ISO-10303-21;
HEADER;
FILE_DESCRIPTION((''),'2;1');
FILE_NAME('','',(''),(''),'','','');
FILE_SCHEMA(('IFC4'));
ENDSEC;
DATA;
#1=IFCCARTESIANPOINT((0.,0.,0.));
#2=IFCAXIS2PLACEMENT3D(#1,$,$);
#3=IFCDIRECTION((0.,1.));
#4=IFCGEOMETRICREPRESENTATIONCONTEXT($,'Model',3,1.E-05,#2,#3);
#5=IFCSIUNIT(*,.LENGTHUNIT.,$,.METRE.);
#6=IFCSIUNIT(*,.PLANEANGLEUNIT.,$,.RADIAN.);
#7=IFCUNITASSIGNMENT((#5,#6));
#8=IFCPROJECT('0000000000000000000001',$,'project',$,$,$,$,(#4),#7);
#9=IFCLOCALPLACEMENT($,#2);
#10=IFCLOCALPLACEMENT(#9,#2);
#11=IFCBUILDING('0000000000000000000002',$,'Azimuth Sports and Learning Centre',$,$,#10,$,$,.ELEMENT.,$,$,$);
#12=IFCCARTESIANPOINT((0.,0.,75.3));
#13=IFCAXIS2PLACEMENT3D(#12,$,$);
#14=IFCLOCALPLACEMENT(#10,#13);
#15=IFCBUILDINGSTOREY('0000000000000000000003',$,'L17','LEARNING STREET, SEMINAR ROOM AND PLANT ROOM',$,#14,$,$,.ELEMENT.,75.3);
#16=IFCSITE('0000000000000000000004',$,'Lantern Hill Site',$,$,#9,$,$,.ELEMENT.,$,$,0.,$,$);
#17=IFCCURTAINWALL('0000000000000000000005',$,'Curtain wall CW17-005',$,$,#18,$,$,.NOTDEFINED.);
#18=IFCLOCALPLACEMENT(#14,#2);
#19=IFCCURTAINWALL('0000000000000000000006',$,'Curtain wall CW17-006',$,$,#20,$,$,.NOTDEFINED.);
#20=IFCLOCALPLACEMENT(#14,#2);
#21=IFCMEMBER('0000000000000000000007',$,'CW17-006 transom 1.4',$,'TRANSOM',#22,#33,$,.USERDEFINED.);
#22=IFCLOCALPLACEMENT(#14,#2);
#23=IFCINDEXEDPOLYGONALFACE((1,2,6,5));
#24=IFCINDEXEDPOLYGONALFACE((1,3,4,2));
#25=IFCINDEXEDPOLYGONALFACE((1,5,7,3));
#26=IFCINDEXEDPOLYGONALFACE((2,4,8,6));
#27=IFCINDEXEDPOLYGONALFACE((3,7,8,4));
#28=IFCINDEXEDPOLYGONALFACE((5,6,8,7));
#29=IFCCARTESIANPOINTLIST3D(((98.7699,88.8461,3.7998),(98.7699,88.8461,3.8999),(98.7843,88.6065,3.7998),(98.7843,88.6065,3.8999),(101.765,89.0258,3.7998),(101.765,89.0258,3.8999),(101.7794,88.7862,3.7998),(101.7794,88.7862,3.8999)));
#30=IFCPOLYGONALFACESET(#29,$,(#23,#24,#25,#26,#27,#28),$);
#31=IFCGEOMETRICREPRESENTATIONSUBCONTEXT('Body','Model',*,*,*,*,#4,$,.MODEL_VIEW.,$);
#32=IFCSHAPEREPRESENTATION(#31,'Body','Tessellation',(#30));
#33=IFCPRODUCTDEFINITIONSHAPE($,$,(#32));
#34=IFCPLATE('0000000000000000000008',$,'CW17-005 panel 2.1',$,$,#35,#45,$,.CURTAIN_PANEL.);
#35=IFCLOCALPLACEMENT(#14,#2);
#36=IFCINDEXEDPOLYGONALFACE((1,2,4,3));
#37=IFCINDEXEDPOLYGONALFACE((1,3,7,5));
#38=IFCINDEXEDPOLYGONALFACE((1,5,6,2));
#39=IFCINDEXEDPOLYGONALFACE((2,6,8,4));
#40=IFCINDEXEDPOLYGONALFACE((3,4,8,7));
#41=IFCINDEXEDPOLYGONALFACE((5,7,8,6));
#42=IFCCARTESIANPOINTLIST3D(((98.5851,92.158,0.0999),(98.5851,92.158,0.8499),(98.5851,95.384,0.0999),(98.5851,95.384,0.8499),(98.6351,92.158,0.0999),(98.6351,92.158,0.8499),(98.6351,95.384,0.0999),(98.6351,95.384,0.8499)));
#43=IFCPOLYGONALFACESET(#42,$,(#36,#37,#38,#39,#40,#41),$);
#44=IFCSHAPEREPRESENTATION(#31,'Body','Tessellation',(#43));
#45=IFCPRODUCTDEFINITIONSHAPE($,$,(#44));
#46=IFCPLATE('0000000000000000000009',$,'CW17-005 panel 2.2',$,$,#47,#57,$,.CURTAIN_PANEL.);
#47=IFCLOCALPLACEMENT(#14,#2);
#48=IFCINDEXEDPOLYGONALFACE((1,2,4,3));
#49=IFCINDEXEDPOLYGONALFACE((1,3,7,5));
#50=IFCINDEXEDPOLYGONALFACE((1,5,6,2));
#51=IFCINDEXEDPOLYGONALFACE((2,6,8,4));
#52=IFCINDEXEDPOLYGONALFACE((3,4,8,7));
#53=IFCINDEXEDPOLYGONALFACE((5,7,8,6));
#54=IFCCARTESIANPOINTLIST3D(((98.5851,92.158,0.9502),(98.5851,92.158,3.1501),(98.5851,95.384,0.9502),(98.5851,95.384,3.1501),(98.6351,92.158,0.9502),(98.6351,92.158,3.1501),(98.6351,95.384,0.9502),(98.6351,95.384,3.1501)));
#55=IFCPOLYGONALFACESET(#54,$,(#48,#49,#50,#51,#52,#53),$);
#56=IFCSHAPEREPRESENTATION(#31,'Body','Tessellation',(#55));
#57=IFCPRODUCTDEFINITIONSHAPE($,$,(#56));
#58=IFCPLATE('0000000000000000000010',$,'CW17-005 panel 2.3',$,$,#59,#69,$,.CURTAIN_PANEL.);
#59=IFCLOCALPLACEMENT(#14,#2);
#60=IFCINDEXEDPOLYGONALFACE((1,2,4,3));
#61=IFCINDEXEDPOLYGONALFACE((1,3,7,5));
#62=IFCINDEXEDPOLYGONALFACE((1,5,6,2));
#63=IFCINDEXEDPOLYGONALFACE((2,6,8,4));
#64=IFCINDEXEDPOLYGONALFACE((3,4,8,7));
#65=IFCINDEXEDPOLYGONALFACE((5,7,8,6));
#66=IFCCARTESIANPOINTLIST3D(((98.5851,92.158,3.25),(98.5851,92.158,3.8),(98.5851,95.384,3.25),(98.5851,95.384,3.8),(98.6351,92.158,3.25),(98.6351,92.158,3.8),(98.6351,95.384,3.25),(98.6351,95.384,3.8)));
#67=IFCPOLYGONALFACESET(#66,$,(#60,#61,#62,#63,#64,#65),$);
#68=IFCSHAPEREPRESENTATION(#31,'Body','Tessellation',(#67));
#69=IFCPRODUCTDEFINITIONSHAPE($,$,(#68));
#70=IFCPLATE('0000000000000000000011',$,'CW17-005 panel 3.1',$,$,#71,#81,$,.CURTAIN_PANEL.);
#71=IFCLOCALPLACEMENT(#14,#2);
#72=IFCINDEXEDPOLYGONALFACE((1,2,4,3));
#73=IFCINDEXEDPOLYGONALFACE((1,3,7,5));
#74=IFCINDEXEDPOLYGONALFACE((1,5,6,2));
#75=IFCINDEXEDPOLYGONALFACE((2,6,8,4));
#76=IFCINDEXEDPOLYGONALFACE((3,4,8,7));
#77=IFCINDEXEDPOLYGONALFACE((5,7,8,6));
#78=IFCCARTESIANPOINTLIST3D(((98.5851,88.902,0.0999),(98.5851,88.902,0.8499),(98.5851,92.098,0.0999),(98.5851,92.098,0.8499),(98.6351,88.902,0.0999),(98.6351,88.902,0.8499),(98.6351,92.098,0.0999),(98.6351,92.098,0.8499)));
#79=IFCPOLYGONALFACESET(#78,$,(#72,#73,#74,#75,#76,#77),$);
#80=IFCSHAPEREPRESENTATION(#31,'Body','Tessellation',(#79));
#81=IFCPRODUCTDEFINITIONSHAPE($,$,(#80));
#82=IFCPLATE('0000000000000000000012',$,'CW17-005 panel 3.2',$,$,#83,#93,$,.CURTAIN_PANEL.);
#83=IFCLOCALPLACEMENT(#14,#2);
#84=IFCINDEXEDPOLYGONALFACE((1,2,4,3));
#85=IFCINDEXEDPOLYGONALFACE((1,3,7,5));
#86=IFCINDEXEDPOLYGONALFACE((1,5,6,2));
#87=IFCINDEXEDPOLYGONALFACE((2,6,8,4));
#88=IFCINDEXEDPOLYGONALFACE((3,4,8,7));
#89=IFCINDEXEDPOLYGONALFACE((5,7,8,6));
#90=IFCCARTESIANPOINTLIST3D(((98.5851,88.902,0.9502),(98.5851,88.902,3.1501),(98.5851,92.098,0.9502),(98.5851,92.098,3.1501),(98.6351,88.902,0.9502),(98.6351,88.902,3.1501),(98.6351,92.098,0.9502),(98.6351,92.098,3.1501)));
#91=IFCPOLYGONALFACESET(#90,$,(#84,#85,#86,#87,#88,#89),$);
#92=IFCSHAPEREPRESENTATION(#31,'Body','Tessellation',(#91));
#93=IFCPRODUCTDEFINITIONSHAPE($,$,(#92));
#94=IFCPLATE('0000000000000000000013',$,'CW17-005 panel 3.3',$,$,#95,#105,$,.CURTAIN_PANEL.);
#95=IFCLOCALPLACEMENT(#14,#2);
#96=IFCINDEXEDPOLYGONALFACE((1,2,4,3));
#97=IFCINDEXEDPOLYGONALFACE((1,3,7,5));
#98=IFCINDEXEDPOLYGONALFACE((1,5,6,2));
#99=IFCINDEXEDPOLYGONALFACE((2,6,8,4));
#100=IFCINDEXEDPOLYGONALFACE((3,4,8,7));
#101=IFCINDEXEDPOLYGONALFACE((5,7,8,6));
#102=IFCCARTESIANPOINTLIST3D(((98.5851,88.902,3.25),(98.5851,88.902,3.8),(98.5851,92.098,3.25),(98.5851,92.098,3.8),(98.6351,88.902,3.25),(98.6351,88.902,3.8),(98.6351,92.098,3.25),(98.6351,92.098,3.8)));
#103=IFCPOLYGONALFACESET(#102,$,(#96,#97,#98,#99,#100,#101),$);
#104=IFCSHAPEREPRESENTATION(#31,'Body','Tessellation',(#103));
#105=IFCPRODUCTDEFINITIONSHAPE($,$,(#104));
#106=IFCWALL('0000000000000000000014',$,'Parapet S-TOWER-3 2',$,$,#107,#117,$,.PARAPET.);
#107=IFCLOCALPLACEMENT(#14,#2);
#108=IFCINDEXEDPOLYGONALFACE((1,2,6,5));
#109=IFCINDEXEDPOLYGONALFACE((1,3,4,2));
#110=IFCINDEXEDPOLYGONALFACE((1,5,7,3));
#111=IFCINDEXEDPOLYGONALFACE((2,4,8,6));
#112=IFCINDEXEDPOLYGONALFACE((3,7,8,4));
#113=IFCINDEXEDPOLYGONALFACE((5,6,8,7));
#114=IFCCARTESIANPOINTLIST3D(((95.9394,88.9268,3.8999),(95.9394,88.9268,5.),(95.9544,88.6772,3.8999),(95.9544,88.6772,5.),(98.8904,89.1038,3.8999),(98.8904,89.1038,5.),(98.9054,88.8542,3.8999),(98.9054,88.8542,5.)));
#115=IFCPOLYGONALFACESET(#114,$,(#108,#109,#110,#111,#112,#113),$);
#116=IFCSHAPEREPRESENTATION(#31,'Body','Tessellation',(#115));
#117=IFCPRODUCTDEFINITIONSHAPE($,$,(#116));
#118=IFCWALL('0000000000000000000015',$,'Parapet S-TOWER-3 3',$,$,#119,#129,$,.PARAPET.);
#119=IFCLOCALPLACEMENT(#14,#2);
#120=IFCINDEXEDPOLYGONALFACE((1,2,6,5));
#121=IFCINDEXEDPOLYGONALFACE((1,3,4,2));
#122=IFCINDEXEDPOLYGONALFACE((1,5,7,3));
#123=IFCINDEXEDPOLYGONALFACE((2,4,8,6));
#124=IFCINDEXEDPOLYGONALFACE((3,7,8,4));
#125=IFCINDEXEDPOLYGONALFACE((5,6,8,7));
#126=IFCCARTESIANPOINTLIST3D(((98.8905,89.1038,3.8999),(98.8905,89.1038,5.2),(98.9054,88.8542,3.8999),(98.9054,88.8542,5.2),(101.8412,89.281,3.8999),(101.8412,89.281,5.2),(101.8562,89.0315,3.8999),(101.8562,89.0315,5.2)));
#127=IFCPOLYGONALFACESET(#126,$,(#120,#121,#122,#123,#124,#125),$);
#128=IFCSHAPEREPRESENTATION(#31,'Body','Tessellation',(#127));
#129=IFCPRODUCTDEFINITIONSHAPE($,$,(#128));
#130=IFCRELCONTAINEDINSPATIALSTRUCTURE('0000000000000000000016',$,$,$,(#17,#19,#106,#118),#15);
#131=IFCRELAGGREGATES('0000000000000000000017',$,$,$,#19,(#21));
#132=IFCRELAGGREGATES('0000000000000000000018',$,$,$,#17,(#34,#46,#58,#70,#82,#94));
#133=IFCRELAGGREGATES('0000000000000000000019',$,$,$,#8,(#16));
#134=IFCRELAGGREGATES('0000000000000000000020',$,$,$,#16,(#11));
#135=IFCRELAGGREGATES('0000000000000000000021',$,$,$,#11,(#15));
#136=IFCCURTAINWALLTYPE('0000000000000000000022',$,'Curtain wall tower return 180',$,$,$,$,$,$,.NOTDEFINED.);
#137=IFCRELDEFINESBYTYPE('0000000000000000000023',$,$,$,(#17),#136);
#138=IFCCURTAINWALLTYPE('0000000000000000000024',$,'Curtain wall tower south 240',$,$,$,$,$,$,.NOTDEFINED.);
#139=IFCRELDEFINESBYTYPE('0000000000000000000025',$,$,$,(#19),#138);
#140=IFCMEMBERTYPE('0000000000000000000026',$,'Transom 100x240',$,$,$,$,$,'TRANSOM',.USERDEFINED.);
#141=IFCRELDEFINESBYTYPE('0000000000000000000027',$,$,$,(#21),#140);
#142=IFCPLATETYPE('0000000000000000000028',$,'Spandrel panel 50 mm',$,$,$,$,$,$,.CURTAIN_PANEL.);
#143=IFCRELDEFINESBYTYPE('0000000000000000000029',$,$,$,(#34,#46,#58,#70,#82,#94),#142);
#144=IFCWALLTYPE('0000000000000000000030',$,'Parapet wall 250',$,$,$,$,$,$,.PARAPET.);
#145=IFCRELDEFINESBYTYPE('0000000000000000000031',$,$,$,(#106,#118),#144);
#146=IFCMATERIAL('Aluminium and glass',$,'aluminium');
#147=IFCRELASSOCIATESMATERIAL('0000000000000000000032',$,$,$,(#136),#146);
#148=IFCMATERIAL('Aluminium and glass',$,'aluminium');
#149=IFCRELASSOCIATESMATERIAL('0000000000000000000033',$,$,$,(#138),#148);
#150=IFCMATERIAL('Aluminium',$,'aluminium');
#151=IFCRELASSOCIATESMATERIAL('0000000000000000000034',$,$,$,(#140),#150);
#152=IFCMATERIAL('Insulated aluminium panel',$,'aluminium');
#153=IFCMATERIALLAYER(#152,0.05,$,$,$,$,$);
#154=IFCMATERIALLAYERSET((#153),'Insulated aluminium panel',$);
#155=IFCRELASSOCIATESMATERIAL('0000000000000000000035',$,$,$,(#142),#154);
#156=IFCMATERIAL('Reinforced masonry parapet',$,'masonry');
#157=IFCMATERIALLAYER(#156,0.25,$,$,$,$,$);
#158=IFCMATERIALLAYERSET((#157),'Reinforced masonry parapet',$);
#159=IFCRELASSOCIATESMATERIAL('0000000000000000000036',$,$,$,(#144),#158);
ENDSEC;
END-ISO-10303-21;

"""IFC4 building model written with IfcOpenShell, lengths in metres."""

from ifc_helpers import new_model, si_unit, direction, frame, frame_2d, origin, origin_2d, place, context, subcontext, project, spatial, rectangle, extrude, material, layer, layer_set, material_profile, profile_set, type_object, element, aggregate, save


model = new_model("IFC4")

# Units and contexts
model_context = context("Model", 3, precision=1e-05, world=origin(), true_north=direction((0.0, 1.0)))
body_context = subcontext(model_context, "Body", "Model", "MODEL_VIEW")
ifc_project = project(units=[si_unit("LENGTHUNIT", "METRE"), si_unit("PLANEANGLEUNIT", "RADIAN")], contexts=[model_context])

# Site, building, storey
site_placement = place(None, origin())
site = spatial("IfcSite", under=ifc_project, at=site_placement, Name="Lantern Hill Site", CompositionType="ELEMENT", RefElevation=0.0)
building_placement = place(site_placement, origin())
building = spatial("IfcBuilding", under=site, at=building_placement, Name="Azimuth Sports and Learning Centre", CompositionType="ELEMENT")
storey_placement = place(building_placement, frame((0.0, 0.0, 75.3)))
storey = spatial("IfcBuildingStorey", under=building, at=storey_placement, Name="L17", Description="LEARNING STREET, SEMINAR ROOM AND PLANT ROOM", CompositionType="ELEMENT", Elevation=75.3)

# Curtain wall
ifc_material_1 = material(Name="Aluminium and glass", Category="aluminium")
curtain_wall_type_1 = type_object("IfcCurtainWallType", Name="Curtain wall tower return 180", PredefinedType="NOTDEFINED", material=ifc_material_1)
curtain_wall_1_placement = place(storey_placement, origin())
curtain_wall_1 = element("IfcCurtainWall", 1, at=curtain_wall_1_placement, inside=storey, type_object=curtain_wall_type_1, Name="Curtain wall CW17-005", PredefinedType="NOTDEFINED")

# Curtain wall
ifc_material_2 = material(Name="Aluminium and glass", Category="aluminium")
curtain_wall_type_2 = type_object("IfcCurtainWallType", Name="Curtain wall tower south 240", PredefinedType="NOTDEFINED", material=ifc_material_2)
curtain_wall_2_placement = place(storey_placement, origin())
curtain_wall_2 = element("IfcCurtainWall", 2, at=curtain_wall_2_placement, inside=storey, type_object=curtain_wall_type_2, Name="Curtain wall CW17-006", PredefinedType="NOTDEFINED")

# Member
ifc_material_3 = material(Name="Aluminium", Category="aluminium")
ifc_material_profile_1 = material_profile(ifc_material_3, rectangle(XDim=0.24, YDim=0.1001, at=origin_2d()), Name="Transom 100x240")
ifc_profile_set_1 = profile_set([ifc_material_profile_1], Name="Aluminium")
member_type_1 = type_object("IfcMemberType", Name="Transom 100x240", ElementType="TRANSOM", PredefinedType="USERDEFINED", material=ifc_profile_set_1)
member_1_placement = place(storey_placement, frame((98.7771, 88.7263, 3.8499), z_axis=(0.998205, 0.059886, 0.0), x_axis=(-0.059886, 0.998205, 0.0)))
member_1 = element("IfcMember", 3, at=member_1_placement, type_object=member_type_1, Name="CW17-006 transom 1.4", ObjectType="TRANSOM", PredefinedType="USERDEFINED", context=body_context, shape_type="SweptSolid", body=[
    extrude(rectangle(XDim=0.24, YDim=0.1001, at=origin_2d()), origin(), (0.0, 0.0, 1.0), 3.0005),
])
aggregate(curtain_wall_2, [member_1])

# Plates
ifc_material_4 = material(Name="Insulated aluminium panel", Category="aluminium")
ifc_layer_1 = layer(ifc_material_4, 0.05)
ifc_layer_set_1 = layer_set([ifc_layer_1], Name="Insulated aluminium panel")
plate_type = type_object("IfcPlateType", Name="Spandrel panel 50 mm", PredefinedType="CURTAIN_PANEL", material=ifc_layer_set_1)
plate_1_placement = place(storey_placement, frame((98.6101, 93.771, 0.0999), z_axis=(0.0, 0.0, 1.0), x_axis=(0.0, -1.0, 0.0)))
plate_1 = element("IfcPlate", 4, at=plate_1_placement, type_object=plate_type, Name="CW17-005 panel 2.1", PredefinedType="CURTAIN_PANEL", context=body_context, shape_type="SweptSolid", body=[
    extrude(rectangle(XDim=3.2261, YDim=0.05, at=origin_2d()), origin(), (0.0, 0.0, 1.0), 0.75),
])
plate_2_placement = place(storey_placement, frame((98.6101, 93.771, 0.9502), z_axis=(0.0, 0.0, 1.0), x_axis=(0.0, -1.0, 0.0)))
plate_2 = element("IfcPlate", 5, at=plate_2_placement, type_object=plate_type, Name="CW17-005 panel 2.2", PredefinedType="CURTAIN_PANEL", context=body_context, shape_type="SweptSolid", body=[
    extrude(rectangle(XDim=3.2261, YDim=0.05, at=origin_2d()), origin(), (0.0, 0.0, 1.0), 2.2),
])
plate_3_placement = place(storey_placement, frame((98.6101, 93.771, 3.25), z_axis=(0.0, 0.0, 1.0), x_axis=(0.0, -1.0, 0.0)))
plate_3 = element("IfcPlate", 6, at=plate_3_placement, type_object=plate_type, Name="CW17-005 panel 2.3", PredefinedType="CURTAIN_PANEL", context=body_context, shape_type="SweptSolid", body=[
    extrude(rectangle(XDim=3.2261, YDim=0.05, at=origin_2d()), origin(), (0.0, 0.0, 1.0), 0.55),
])
plate_4_placement = place(storey_placement, frame((98.6101, 90.5, 0.0999), z_axis=(0.0, 0.0, 1.0), x_axis=(0.0, -1.0, 0.0)))
plate_4 = element("IfcPlate", 7, at=plate_4_placement, type_object=plate_type, Name="CW17-005 panel 3.1", PredefinedType="CURTAIN_PANEL", context=body_context, shape_type="SweptSolid", body=[
    extrude(rectangle(XDim=3.196, YDim=0.05, at=origin_2d()), origin(), (0.0, 0.0, 1.0), 0.75),
])
plate_5_placement = place(storey_placement, frame((98.6101, 90.5, 0.9502), z_axis=(0.0, 0.0, 1.0), x_axis=(0.0, -1.0, 0.0)))
plate_5 = element("IfcPlate", 8, at=plate_5_placement, type_object=plate_type, Name="CW17-005 panel 3.2", PredefinedType="CURTAIN_PANEL", context=body_context, shape_type="SweptSolid", body=[
    extrude(rectangle(XDim=3.196, YDim=0.05, at=origin_2d()), origin(), (0.0, 0.0, 1.0), 2.2),
])
plate_6_placement = place(storey_placement, frame((98.6101, 90.5, 3.25), z_axis=(0.0, 0.0, 1.0), x_axis=(0.0, -1.0, 0.0)))
plate_6 = element("IfcPlate", 9, at=plate_6_placement, type_object=plate_type, Name="CW17-005 panel 3.3", PredefinedType="CURTAIN_PANEL", context=body_context, shape_type="SweptSolid", body=[
    extrude(rectangle(XDim=3.196, YDim=0.05, at=origin_2d()), origin(), (0.0, 0.0, 1.0), 0.55),
])
aggregate(curtain_wall_1, [plate_1, plate_2, plate_3, plate_4, plate_5, plate_6])

# Walls
ifc_material_5 = material(Name="Reinforced masonry parapet", Category="masonry")
ifc_layer_2 = layer(ifc_material_5, 0.25)
ifc_layer_set_2 = layer_set([ifc_layer_2], Name="Reinforced masonry parapet")
wall_type = type_object("IfcWallType", Name="Parapet wall 250", PredefinedType="PARAPET", material=ifc_layer_set_2)
wall_1_placement = place(storey_placement, frame((95.947, 88.802, 3.8999), z_axis=(0.0, 0.0, 1.0), x_axis=(0.998206, 0.059874, 0.0)))
element("IfcWall", 10, at=wall_1_placement, inside=storey, type_object=wall_type, Name="Parapet S-TOWER-3 2", PredefinedType="PARAPET", context=body_context, shape_type="SweptSolid", body=[
    extrude(rectangle(XDim=2.9563, YDim=0.25, at=frame_2d((1.478, 0.0))), origin(), (0.0, 0.0, 1.0), 1.1001),
])
wall_2_placement = place(storey_placement, frame((98.8979, 88.979, 3.8999), z_axis=(0.0, 0.0, 1.0), x_axis=(0.998201, 0.059961, 0.0)))
element("IfcWall", 11, at=wall_2_placement, inside=storey, type_object=wall_type, Name="Parapet S-TOWER-3 3", PredefinedType="PARAPET", context=body_context, shape_type="SweptSolid", body=[
    extrude(rectangle(XDim=2.9561, YDim=0.25, at=frame_2d((1.478, 0.0))), origin(), (0.0, 0.0, 1.0), 1.3),
])

save(model, "model.ifc")
